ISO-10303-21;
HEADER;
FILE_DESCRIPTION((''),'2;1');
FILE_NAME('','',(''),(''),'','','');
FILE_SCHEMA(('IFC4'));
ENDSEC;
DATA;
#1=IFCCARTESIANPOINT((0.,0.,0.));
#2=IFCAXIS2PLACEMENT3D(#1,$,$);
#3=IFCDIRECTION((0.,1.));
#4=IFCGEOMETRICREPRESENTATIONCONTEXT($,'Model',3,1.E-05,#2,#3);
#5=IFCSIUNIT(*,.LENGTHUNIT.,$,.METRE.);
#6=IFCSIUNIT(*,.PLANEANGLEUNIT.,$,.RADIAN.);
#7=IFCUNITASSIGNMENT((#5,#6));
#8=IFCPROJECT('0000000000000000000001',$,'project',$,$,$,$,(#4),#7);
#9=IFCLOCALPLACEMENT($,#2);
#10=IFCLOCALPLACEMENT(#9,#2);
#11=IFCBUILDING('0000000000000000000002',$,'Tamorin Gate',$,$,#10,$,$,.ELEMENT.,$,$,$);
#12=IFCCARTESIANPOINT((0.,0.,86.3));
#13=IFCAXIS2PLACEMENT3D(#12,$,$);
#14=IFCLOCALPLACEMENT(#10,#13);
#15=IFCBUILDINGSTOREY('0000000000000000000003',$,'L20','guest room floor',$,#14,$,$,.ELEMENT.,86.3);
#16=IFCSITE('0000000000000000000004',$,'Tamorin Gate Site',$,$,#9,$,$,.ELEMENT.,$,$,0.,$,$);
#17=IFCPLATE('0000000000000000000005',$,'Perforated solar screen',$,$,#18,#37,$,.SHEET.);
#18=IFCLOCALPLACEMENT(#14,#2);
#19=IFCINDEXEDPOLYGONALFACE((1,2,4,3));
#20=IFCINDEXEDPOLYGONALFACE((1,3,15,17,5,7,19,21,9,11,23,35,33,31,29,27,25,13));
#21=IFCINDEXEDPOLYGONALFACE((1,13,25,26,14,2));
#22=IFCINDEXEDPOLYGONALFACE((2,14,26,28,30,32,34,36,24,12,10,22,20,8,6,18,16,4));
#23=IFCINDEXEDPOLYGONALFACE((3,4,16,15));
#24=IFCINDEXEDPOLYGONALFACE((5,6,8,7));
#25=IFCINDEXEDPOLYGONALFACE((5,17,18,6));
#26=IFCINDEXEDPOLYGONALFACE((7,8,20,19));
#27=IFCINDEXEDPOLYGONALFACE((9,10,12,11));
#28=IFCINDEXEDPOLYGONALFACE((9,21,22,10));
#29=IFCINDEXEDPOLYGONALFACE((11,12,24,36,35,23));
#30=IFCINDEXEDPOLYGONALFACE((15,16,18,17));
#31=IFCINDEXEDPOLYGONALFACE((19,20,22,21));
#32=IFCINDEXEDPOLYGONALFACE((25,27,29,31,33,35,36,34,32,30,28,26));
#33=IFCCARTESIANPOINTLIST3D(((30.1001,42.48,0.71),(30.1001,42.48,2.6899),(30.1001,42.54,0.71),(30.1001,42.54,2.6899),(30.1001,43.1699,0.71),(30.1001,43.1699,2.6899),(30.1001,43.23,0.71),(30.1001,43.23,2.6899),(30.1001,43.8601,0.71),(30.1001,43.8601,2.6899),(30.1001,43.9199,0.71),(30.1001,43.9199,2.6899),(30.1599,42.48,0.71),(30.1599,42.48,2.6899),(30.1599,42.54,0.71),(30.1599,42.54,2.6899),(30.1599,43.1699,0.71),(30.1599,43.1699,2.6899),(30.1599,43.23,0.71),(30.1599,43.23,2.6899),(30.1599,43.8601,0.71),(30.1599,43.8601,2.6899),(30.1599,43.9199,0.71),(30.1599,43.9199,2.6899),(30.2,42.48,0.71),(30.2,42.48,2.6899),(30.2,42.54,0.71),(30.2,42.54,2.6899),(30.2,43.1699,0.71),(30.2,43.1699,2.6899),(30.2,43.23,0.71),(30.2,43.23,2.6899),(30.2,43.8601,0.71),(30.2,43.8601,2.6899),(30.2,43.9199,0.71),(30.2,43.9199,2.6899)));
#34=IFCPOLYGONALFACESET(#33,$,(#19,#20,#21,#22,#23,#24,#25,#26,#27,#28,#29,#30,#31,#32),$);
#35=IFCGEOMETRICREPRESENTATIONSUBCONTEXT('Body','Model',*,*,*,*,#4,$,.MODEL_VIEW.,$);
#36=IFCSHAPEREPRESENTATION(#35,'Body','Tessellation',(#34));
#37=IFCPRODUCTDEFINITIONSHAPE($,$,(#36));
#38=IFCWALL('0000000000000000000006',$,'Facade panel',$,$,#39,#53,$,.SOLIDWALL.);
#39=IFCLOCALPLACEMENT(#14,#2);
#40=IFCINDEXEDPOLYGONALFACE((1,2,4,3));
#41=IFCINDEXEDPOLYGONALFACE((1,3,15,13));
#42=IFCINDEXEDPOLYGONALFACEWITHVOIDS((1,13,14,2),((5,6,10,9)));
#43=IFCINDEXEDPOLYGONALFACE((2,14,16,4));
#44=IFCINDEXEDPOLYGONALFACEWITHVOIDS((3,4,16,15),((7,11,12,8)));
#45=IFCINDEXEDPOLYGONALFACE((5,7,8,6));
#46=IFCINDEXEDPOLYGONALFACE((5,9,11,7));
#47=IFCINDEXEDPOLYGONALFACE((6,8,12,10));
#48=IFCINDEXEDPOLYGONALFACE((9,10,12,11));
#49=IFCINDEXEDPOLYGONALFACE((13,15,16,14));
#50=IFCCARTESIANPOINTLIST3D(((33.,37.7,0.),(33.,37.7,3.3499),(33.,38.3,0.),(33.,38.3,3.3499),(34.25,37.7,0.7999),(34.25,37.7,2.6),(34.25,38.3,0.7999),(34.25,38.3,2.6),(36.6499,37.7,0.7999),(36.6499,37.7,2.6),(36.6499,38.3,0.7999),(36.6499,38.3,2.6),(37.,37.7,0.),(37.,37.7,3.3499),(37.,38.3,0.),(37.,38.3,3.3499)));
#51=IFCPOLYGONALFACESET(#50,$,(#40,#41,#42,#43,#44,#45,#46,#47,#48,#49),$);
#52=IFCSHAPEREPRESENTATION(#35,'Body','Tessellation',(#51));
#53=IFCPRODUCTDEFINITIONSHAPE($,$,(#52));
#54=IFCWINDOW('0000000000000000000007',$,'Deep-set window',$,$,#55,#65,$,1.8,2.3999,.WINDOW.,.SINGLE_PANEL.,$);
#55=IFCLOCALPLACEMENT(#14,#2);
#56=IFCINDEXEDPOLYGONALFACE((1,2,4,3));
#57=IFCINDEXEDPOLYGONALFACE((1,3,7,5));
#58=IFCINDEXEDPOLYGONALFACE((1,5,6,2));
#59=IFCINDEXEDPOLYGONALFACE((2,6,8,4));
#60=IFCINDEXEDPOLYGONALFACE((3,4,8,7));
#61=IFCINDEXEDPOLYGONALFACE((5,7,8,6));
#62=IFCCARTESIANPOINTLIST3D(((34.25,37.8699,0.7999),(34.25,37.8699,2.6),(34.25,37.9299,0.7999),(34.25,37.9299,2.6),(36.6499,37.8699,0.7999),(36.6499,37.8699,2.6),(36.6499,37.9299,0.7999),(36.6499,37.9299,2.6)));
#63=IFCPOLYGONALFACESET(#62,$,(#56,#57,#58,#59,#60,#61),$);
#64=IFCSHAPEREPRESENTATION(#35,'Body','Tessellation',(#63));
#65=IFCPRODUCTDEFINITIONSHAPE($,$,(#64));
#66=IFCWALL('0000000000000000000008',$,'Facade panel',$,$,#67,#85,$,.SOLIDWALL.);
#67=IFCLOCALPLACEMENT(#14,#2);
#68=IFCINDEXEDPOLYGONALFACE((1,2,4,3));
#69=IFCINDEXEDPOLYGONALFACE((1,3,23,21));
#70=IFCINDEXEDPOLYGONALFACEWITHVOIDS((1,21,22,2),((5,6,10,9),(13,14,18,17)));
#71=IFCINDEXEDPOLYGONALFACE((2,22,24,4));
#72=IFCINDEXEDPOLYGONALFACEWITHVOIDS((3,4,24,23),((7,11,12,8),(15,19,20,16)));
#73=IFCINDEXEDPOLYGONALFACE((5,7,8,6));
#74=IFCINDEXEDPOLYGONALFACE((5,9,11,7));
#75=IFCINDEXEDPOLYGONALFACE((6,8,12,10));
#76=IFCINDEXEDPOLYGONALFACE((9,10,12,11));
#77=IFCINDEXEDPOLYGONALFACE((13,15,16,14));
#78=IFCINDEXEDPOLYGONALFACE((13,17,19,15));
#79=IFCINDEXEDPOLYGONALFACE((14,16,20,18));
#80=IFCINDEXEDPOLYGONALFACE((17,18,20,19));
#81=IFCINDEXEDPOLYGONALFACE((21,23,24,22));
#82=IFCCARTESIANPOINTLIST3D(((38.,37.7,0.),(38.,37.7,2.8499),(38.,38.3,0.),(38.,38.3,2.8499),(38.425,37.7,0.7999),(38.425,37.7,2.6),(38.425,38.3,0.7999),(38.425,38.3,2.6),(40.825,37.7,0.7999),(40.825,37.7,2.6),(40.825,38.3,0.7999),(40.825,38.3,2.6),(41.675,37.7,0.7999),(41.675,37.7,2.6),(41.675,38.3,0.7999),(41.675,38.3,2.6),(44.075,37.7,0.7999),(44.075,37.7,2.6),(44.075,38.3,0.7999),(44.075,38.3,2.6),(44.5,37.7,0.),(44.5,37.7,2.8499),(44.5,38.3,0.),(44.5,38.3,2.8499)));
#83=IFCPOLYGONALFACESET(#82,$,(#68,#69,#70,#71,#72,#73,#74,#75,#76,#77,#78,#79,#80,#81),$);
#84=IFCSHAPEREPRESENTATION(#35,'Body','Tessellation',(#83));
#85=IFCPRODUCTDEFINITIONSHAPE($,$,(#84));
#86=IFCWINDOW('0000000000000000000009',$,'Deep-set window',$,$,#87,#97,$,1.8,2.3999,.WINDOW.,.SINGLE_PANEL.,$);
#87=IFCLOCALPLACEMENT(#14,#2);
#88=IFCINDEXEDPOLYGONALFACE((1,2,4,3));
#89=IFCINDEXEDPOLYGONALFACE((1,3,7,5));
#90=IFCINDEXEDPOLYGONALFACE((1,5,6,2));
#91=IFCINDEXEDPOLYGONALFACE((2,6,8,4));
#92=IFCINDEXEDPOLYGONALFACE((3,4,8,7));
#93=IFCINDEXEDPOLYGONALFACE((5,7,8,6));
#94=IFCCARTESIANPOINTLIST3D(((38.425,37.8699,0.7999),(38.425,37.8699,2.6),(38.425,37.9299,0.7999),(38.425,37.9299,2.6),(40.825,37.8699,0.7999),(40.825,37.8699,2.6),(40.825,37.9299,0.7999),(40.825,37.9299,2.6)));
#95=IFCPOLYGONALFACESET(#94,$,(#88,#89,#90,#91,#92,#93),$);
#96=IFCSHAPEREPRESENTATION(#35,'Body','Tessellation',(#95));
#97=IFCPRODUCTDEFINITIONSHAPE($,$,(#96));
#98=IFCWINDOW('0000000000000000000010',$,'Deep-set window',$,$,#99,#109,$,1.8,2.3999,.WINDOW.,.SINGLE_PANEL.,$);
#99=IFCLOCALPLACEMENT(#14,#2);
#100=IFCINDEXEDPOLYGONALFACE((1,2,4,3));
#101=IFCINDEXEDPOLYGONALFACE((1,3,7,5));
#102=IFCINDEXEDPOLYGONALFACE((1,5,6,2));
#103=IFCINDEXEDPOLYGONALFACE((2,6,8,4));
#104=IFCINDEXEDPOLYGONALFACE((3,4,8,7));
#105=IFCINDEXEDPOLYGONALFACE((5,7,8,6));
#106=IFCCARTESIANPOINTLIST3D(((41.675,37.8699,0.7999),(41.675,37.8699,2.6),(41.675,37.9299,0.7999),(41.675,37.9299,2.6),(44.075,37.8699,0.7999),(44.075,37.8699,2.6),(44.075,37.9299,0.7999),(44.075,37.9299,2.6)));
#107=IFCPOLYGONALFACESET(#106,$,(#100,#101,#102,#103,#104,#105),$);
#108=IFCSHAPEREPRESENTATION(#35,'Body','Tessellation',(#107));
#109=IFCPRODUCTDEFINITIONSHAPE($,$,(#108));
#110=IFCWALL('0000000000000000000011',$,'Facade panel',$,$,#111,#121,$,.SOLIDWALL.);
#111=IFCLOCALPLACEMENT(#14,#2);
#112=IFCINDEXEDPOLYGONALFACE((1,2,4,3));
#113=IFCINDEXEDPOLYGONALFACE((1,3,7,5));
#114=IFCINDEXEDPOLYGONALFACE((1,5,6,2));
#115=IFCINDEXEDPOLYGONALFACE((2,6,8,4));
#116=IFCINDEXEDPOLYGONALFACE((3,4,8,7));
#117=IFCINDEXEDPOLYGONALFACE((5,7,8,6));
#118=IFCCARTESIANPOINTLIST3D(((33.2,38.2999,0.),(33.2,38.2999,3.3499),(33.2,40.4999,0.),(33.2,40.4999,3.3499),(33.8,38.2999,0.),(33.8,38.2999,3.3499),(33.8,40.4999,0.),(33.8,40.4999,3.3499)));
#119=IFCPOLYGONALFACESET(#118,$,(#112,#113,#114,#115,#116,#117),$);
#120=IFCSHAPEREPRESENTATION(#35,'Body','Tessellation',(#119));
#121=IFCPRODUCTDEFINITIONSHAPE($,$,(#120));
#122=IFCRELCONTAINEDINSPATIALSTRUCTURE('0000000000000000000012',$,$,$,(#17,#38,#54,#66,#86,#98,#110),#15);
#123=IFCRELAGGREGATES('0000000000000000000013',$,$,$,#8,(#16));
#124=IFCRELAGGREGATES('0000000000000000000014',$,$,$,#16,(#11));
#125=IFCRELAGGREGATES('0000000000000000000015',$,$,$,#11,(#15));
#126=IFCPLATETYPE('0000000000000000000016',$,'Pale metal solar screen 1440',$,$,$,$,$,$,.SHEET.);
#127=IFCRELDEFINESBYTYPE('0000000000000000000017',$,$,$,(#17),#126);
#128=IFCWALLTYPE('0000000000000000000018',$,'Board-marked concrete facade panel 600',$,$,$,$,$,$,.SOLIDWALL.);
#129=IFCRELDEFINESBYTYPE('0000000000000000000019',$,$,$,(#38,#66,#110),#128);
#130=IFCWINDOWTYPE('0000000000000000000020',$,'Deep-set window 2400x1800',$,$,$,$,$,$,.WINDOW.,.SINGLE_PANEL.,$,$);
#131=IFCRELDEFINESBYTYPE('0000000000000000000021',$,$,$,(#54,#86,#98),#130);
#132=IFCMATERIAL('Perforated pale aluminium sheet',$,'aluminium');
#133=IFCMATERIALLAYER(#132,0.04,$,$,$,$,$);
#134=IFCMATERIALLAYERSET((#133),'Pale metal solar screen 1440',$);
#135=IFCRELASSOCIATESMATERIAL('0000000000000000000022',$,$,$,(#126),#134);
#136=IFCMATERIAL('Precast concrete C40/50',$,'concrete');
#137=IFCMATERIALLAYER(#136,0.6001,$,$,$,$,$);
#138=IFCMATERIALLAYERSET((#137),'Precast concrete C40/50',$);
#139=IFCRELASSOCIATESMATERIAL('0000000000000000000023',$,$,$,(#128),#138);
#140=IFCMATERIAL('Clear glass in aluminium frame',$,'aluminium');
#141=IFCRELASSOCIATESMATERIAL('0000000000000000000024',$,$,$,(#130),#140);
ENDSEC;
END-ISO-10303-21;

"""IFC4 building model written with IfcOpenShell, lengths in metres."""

from ifc_helpers import new_model, si_unit, direction, frame, frame_2d, origin, place, context, subcontext, project, spatial, polyline, rectangle, outline, extrude, material, layer, layer_set, type_object, element, fill, save


model = new_model("IFC4")

# Units and contexts
model_context = context("Model", 3, precision=1e-05, world=origin(), true_north=direction((0.0, 1.0)))
body_context = subcontext(model_context, "Body", "Model", "MODEL_VIEW")
ifc_project = project(units=[si_unit("LENGTHUNIT", "METRE"), si_unit("PLANEANGLEUNIT", "RADIAN")], contexts=[model_context])

# Site, building, storey
site_placement = place(None, origin())
site = spatial("IfcSite", under=ifc_project, at=site_placement, Name="Tamorin Gate Site", CompositionType="ELEMENT", RefElevation=0.0)
building_placement = place(site_placement, origin())
building = spatial("IfcBuilding", under=site, at=building_placement, Name="Tamorin Gate", CompositionType="ELEMENT")
storey_placement = place(building_placement, frame((0.0, 0.0, 86.3)))
storey = spatial("IfcBuildingStorey", under=building, at=storey_placement, Name="L20", Description="guest room floor", CompositionType="ELEMENT", Elevation=86.3)

# Plate
ifc_material_1 = material(Name="Perforated pale aluminium sheet", Category="aluminium")
ifc_layer_1 = layer(ifc_material_1, 0.04)
ifc_layer_set_1 = layer_set([ifc_layer_1], Name="Pale metal solar screen 1440")
plate_type = type_object("IfcPlateType", Name="Pale metal solar screen 1440", PredefinedType="SHEET", material=ifc_layer_set_1)
plate_1_placement = place(storey_placement, frame((0.0, 0.0, 0.71)))
element("IfcPlate", 1, at=plate_1_placement, inside=storey, type_object=plate_type, Name="Perforated solar screen", PredefinedType="SHEET", context=body_context, shape_type="SweptSolid", body=[
    extrude(outline(polyline([(30.1599, 43.9199), (30.2, 43.9199), (30.2, 43.8601), (30.2, 43.23), (30.2, 43.1699), (30.2, 42.54), (30.2, 42.48), (30.1599, 42.48), (30.1001, 42.48), (30.1001, 42.54), (30.1599, 42.54), (30.1599, 43.1699), (30.1001, 43.1699), (30.1001, 43.23), (30.1599, 43.23), (30.1599, 43.8601), (30.1001, 43.8601), (30.1001, 43.9199), (30.1599, 43.9199)])), origin(), (0.0, 0.0, 1.0), 1.98),
])

# Wall, opening, window
ifc_material_2 = material(Name="Precast concrete C40/50", Category="concrete")
ifc_layer_2 = layer(ifc_material_2, 0.6001)
ifc_layer_set_2 = layer_set([ifc_layer_2], Name="Precast concrete C40/50")
wall_type = type_object("IfcWallType", Name="Board-marked concrete facade panel 600", PredefinedType="SOLIDWALL", material=ifc_layer_set_2)
wall_1_placement = place(storey_placement, frame((33.0, 38.0, 0.0), z_axis=(0.0, 0.0, 1.0), x_axis=(1.0, 0.0, 0.0)))
wall_1 = element("IfcWall", 2, at=wall_1_placement, inside=storey, type_object=wall_type, Name="Facade panel", PredefinedType="SOLIDWALL", context=body_context, shape_type="SweptSolid", body=[
    extrude(rectangle(XDim=4.0, YDim=0.6001, at=frame_2d((2.0, 0.0))), origin(), (0.0, 0.0, 1.0), 3.3499),
])
opening_1_placement = place(wall_1_placement, frame((1.25, 0.0, 0.8)))
opening_1 = element("IfcOpeningElement", 3, at=opening_1_placement, cuts=wall_1, PredefinedType="OPENING", context=body_context, shape_type="SweptSolid", body=[
    extrude(rectangle(XDim=2.3999, YDim=1.8, at=frame_2d((1.2, 0.8999))), frame((0.0, 0.3101, 0.0), z_axis=(0.0, -1.0, 0.0), x_axis=(1.0, 0.0, 0.0)), (0.0, 0.0, 1.0), 0.6201),
])
ifc_material_3 = material(Name="Clear glass in aluminium frame", Category="aluminium")
window_type = type_object("IfcWindowType", Name="Deep-set window 2400x1800", PartitioningType="SINGLE_PANEL", PredefinedType="WINDOW", material=ifc_material_3)
window_1_placement = place(opening_1_placement, origin())
window_1 = element("IfcWindow", 4, at=window_1_placement, inside=storey, type_object=window_type, Name="Deep-set window", OverallHeight=1.8, OverallWidth=2.3999, PartitioningType="SINGLE_PANEL", PredefinedType="WINDOW", context=body_context, shape_type="SweptSolid", body=[
    extrude(rectangle(XDim=2.3999, YDim=1.8, at=frame_2d((1.2, 0.8999))), frame((0.0, -0.0701, 0.0), z_axis=(0.0, -1.0, 0.0), x_axis=(1.0, 0.0, 0.0)), (0.0, 0.0, 1.0), 0.0601),
])
fill(opening_1, window_1)

# Wall, openings, windows
wall_2_placement = place(storey_placement, frame((38.0, 38.0, 0.0), z_axis=(0.0, 0.0, 1.0), x_axis=(1.0, 0.0, 0.0)))
wall_2 = element("IfcWall", 5, at=wall_2_placement, inside=storey, type_object=wall_type, Name="Facade panel", PredefinedType="SOLIDWALL", context=body_context, shape_type="SweptSolid", body=[
    extrude(rectangle(XDim=6.5, YDim=0.6001, at=frame_2d((3.25, 0.0))), origin(), (0.0, 0.0, 1.0), 2.8499),
])
opening_2_placement = place(wall_2_placement, frame((0.425, 0.0, 0.8)))
opening_2 = element("IfcOpeningElement", 6, at=opening_2_placement, cuts=wall_2, PredefinedType="OPENING", context=body_context, shape_type="SweptSolid", body=[
    extrude(rectangle(XDim=2.3999, YDim=1.8, at=frame_2d((1.2, 0.8999))), frame((0.0, 0.3101, 0.0), z_axis=(0.0, -1.0, 0.0), x_axis=(1.0, 0.0, 0.0)), (0.0, 0.0, 1.0), 0.6201),
])
opening_3_placement = place(wall_2_placement, frame((3.675, 0.0, 0.8)))
opening_3 = element("IfcOpeningElement", 7, at=opening_3_placement, cuts=wall_2, PredefinedType="OPENING", context=body_context, shape_type="SweptSolid", body=[
    extrude(rectangle(XDim=2.3999, YDim=1.8, at=frame_2d((1.2, 0.8999))), frame((0.0, 0.3101, 0.0), z_axis=(0.0, -1.0, 0.0), x_axis=(1.0, 0.0, 0.0)), (0.0, 0.0, 1.0), 0.6201),
])
window_2_placement = place(opening_2_placement, origin())
window_2 = element("IfcWindow", 8, at=window_2_placement, inside=storey, type_object=window_type, Name="Deep-set window", OverallHeight=1.8, OverallWidth=2.3999, PartitioningType="SINGLE_PANEL", PredefinedType="WINDOW", context=body_context, shape_type="SweptSolid", body=[
    extrude(rectangle(XDim=2.3999, YDim=1.8, at=frame_2d((1.2, 0.8999))), frame((0.0, -0.0701, 0.0), z_axis=(0.0, -1.0, 0.0), x_axis=(1.0, 0.0, 0.0)), (0.0, 0.0, 1.0), 0.0601),
])
fill(opening_2, window_2)
window_3_placement = place(opening_3_placement, origin())
window_3 = element("IfcWindow", 9, at=window_3_placement, inside=storey, type_object=window_type, Name="Deep-set window", OverallHeight=1.8, OverallWidth=2.3999, PartitioningType="SINGLE_PANEL", PredefinedType="WINDOW", context=body_context, shape_type="SweptSolid", body=[
    extrude(rectangle(XDim=2.3999, YDim=1.8, at=frame_2d((1.2, 0.8999))), frame((0.0, -0.0701, 0.0), z_axis=(0.0, -1.0, 0.0), x_axis=(1.0, 0.0, 0.0)), (0.0, 0.0, 1.0), 0.0601),
])
fill(opening_3, window_3)

# Wall
wall_3_placement = place(storey_placement, frame((33.5, 40.5, 0.0), z_axis=(0.0, 0.0, 1.0), x_axis=(0.0, -1.0, 0.0)))
element("IfcWall", 10, at=wall_3_placement, inside=storey, type_object=wall_type, Name="Facade panel", PredefinedType="SOLIDWALL", context=body_context, shape_type="SweptSolid", body=[
    extrude(rectangle(XDim=2.2, YDim=0.6001, at=frame_2d((1.1001, 0.0))), origin(), (0.0, 0.0, 1.0), 3.3499),
])

save(model, "model.ifc")
